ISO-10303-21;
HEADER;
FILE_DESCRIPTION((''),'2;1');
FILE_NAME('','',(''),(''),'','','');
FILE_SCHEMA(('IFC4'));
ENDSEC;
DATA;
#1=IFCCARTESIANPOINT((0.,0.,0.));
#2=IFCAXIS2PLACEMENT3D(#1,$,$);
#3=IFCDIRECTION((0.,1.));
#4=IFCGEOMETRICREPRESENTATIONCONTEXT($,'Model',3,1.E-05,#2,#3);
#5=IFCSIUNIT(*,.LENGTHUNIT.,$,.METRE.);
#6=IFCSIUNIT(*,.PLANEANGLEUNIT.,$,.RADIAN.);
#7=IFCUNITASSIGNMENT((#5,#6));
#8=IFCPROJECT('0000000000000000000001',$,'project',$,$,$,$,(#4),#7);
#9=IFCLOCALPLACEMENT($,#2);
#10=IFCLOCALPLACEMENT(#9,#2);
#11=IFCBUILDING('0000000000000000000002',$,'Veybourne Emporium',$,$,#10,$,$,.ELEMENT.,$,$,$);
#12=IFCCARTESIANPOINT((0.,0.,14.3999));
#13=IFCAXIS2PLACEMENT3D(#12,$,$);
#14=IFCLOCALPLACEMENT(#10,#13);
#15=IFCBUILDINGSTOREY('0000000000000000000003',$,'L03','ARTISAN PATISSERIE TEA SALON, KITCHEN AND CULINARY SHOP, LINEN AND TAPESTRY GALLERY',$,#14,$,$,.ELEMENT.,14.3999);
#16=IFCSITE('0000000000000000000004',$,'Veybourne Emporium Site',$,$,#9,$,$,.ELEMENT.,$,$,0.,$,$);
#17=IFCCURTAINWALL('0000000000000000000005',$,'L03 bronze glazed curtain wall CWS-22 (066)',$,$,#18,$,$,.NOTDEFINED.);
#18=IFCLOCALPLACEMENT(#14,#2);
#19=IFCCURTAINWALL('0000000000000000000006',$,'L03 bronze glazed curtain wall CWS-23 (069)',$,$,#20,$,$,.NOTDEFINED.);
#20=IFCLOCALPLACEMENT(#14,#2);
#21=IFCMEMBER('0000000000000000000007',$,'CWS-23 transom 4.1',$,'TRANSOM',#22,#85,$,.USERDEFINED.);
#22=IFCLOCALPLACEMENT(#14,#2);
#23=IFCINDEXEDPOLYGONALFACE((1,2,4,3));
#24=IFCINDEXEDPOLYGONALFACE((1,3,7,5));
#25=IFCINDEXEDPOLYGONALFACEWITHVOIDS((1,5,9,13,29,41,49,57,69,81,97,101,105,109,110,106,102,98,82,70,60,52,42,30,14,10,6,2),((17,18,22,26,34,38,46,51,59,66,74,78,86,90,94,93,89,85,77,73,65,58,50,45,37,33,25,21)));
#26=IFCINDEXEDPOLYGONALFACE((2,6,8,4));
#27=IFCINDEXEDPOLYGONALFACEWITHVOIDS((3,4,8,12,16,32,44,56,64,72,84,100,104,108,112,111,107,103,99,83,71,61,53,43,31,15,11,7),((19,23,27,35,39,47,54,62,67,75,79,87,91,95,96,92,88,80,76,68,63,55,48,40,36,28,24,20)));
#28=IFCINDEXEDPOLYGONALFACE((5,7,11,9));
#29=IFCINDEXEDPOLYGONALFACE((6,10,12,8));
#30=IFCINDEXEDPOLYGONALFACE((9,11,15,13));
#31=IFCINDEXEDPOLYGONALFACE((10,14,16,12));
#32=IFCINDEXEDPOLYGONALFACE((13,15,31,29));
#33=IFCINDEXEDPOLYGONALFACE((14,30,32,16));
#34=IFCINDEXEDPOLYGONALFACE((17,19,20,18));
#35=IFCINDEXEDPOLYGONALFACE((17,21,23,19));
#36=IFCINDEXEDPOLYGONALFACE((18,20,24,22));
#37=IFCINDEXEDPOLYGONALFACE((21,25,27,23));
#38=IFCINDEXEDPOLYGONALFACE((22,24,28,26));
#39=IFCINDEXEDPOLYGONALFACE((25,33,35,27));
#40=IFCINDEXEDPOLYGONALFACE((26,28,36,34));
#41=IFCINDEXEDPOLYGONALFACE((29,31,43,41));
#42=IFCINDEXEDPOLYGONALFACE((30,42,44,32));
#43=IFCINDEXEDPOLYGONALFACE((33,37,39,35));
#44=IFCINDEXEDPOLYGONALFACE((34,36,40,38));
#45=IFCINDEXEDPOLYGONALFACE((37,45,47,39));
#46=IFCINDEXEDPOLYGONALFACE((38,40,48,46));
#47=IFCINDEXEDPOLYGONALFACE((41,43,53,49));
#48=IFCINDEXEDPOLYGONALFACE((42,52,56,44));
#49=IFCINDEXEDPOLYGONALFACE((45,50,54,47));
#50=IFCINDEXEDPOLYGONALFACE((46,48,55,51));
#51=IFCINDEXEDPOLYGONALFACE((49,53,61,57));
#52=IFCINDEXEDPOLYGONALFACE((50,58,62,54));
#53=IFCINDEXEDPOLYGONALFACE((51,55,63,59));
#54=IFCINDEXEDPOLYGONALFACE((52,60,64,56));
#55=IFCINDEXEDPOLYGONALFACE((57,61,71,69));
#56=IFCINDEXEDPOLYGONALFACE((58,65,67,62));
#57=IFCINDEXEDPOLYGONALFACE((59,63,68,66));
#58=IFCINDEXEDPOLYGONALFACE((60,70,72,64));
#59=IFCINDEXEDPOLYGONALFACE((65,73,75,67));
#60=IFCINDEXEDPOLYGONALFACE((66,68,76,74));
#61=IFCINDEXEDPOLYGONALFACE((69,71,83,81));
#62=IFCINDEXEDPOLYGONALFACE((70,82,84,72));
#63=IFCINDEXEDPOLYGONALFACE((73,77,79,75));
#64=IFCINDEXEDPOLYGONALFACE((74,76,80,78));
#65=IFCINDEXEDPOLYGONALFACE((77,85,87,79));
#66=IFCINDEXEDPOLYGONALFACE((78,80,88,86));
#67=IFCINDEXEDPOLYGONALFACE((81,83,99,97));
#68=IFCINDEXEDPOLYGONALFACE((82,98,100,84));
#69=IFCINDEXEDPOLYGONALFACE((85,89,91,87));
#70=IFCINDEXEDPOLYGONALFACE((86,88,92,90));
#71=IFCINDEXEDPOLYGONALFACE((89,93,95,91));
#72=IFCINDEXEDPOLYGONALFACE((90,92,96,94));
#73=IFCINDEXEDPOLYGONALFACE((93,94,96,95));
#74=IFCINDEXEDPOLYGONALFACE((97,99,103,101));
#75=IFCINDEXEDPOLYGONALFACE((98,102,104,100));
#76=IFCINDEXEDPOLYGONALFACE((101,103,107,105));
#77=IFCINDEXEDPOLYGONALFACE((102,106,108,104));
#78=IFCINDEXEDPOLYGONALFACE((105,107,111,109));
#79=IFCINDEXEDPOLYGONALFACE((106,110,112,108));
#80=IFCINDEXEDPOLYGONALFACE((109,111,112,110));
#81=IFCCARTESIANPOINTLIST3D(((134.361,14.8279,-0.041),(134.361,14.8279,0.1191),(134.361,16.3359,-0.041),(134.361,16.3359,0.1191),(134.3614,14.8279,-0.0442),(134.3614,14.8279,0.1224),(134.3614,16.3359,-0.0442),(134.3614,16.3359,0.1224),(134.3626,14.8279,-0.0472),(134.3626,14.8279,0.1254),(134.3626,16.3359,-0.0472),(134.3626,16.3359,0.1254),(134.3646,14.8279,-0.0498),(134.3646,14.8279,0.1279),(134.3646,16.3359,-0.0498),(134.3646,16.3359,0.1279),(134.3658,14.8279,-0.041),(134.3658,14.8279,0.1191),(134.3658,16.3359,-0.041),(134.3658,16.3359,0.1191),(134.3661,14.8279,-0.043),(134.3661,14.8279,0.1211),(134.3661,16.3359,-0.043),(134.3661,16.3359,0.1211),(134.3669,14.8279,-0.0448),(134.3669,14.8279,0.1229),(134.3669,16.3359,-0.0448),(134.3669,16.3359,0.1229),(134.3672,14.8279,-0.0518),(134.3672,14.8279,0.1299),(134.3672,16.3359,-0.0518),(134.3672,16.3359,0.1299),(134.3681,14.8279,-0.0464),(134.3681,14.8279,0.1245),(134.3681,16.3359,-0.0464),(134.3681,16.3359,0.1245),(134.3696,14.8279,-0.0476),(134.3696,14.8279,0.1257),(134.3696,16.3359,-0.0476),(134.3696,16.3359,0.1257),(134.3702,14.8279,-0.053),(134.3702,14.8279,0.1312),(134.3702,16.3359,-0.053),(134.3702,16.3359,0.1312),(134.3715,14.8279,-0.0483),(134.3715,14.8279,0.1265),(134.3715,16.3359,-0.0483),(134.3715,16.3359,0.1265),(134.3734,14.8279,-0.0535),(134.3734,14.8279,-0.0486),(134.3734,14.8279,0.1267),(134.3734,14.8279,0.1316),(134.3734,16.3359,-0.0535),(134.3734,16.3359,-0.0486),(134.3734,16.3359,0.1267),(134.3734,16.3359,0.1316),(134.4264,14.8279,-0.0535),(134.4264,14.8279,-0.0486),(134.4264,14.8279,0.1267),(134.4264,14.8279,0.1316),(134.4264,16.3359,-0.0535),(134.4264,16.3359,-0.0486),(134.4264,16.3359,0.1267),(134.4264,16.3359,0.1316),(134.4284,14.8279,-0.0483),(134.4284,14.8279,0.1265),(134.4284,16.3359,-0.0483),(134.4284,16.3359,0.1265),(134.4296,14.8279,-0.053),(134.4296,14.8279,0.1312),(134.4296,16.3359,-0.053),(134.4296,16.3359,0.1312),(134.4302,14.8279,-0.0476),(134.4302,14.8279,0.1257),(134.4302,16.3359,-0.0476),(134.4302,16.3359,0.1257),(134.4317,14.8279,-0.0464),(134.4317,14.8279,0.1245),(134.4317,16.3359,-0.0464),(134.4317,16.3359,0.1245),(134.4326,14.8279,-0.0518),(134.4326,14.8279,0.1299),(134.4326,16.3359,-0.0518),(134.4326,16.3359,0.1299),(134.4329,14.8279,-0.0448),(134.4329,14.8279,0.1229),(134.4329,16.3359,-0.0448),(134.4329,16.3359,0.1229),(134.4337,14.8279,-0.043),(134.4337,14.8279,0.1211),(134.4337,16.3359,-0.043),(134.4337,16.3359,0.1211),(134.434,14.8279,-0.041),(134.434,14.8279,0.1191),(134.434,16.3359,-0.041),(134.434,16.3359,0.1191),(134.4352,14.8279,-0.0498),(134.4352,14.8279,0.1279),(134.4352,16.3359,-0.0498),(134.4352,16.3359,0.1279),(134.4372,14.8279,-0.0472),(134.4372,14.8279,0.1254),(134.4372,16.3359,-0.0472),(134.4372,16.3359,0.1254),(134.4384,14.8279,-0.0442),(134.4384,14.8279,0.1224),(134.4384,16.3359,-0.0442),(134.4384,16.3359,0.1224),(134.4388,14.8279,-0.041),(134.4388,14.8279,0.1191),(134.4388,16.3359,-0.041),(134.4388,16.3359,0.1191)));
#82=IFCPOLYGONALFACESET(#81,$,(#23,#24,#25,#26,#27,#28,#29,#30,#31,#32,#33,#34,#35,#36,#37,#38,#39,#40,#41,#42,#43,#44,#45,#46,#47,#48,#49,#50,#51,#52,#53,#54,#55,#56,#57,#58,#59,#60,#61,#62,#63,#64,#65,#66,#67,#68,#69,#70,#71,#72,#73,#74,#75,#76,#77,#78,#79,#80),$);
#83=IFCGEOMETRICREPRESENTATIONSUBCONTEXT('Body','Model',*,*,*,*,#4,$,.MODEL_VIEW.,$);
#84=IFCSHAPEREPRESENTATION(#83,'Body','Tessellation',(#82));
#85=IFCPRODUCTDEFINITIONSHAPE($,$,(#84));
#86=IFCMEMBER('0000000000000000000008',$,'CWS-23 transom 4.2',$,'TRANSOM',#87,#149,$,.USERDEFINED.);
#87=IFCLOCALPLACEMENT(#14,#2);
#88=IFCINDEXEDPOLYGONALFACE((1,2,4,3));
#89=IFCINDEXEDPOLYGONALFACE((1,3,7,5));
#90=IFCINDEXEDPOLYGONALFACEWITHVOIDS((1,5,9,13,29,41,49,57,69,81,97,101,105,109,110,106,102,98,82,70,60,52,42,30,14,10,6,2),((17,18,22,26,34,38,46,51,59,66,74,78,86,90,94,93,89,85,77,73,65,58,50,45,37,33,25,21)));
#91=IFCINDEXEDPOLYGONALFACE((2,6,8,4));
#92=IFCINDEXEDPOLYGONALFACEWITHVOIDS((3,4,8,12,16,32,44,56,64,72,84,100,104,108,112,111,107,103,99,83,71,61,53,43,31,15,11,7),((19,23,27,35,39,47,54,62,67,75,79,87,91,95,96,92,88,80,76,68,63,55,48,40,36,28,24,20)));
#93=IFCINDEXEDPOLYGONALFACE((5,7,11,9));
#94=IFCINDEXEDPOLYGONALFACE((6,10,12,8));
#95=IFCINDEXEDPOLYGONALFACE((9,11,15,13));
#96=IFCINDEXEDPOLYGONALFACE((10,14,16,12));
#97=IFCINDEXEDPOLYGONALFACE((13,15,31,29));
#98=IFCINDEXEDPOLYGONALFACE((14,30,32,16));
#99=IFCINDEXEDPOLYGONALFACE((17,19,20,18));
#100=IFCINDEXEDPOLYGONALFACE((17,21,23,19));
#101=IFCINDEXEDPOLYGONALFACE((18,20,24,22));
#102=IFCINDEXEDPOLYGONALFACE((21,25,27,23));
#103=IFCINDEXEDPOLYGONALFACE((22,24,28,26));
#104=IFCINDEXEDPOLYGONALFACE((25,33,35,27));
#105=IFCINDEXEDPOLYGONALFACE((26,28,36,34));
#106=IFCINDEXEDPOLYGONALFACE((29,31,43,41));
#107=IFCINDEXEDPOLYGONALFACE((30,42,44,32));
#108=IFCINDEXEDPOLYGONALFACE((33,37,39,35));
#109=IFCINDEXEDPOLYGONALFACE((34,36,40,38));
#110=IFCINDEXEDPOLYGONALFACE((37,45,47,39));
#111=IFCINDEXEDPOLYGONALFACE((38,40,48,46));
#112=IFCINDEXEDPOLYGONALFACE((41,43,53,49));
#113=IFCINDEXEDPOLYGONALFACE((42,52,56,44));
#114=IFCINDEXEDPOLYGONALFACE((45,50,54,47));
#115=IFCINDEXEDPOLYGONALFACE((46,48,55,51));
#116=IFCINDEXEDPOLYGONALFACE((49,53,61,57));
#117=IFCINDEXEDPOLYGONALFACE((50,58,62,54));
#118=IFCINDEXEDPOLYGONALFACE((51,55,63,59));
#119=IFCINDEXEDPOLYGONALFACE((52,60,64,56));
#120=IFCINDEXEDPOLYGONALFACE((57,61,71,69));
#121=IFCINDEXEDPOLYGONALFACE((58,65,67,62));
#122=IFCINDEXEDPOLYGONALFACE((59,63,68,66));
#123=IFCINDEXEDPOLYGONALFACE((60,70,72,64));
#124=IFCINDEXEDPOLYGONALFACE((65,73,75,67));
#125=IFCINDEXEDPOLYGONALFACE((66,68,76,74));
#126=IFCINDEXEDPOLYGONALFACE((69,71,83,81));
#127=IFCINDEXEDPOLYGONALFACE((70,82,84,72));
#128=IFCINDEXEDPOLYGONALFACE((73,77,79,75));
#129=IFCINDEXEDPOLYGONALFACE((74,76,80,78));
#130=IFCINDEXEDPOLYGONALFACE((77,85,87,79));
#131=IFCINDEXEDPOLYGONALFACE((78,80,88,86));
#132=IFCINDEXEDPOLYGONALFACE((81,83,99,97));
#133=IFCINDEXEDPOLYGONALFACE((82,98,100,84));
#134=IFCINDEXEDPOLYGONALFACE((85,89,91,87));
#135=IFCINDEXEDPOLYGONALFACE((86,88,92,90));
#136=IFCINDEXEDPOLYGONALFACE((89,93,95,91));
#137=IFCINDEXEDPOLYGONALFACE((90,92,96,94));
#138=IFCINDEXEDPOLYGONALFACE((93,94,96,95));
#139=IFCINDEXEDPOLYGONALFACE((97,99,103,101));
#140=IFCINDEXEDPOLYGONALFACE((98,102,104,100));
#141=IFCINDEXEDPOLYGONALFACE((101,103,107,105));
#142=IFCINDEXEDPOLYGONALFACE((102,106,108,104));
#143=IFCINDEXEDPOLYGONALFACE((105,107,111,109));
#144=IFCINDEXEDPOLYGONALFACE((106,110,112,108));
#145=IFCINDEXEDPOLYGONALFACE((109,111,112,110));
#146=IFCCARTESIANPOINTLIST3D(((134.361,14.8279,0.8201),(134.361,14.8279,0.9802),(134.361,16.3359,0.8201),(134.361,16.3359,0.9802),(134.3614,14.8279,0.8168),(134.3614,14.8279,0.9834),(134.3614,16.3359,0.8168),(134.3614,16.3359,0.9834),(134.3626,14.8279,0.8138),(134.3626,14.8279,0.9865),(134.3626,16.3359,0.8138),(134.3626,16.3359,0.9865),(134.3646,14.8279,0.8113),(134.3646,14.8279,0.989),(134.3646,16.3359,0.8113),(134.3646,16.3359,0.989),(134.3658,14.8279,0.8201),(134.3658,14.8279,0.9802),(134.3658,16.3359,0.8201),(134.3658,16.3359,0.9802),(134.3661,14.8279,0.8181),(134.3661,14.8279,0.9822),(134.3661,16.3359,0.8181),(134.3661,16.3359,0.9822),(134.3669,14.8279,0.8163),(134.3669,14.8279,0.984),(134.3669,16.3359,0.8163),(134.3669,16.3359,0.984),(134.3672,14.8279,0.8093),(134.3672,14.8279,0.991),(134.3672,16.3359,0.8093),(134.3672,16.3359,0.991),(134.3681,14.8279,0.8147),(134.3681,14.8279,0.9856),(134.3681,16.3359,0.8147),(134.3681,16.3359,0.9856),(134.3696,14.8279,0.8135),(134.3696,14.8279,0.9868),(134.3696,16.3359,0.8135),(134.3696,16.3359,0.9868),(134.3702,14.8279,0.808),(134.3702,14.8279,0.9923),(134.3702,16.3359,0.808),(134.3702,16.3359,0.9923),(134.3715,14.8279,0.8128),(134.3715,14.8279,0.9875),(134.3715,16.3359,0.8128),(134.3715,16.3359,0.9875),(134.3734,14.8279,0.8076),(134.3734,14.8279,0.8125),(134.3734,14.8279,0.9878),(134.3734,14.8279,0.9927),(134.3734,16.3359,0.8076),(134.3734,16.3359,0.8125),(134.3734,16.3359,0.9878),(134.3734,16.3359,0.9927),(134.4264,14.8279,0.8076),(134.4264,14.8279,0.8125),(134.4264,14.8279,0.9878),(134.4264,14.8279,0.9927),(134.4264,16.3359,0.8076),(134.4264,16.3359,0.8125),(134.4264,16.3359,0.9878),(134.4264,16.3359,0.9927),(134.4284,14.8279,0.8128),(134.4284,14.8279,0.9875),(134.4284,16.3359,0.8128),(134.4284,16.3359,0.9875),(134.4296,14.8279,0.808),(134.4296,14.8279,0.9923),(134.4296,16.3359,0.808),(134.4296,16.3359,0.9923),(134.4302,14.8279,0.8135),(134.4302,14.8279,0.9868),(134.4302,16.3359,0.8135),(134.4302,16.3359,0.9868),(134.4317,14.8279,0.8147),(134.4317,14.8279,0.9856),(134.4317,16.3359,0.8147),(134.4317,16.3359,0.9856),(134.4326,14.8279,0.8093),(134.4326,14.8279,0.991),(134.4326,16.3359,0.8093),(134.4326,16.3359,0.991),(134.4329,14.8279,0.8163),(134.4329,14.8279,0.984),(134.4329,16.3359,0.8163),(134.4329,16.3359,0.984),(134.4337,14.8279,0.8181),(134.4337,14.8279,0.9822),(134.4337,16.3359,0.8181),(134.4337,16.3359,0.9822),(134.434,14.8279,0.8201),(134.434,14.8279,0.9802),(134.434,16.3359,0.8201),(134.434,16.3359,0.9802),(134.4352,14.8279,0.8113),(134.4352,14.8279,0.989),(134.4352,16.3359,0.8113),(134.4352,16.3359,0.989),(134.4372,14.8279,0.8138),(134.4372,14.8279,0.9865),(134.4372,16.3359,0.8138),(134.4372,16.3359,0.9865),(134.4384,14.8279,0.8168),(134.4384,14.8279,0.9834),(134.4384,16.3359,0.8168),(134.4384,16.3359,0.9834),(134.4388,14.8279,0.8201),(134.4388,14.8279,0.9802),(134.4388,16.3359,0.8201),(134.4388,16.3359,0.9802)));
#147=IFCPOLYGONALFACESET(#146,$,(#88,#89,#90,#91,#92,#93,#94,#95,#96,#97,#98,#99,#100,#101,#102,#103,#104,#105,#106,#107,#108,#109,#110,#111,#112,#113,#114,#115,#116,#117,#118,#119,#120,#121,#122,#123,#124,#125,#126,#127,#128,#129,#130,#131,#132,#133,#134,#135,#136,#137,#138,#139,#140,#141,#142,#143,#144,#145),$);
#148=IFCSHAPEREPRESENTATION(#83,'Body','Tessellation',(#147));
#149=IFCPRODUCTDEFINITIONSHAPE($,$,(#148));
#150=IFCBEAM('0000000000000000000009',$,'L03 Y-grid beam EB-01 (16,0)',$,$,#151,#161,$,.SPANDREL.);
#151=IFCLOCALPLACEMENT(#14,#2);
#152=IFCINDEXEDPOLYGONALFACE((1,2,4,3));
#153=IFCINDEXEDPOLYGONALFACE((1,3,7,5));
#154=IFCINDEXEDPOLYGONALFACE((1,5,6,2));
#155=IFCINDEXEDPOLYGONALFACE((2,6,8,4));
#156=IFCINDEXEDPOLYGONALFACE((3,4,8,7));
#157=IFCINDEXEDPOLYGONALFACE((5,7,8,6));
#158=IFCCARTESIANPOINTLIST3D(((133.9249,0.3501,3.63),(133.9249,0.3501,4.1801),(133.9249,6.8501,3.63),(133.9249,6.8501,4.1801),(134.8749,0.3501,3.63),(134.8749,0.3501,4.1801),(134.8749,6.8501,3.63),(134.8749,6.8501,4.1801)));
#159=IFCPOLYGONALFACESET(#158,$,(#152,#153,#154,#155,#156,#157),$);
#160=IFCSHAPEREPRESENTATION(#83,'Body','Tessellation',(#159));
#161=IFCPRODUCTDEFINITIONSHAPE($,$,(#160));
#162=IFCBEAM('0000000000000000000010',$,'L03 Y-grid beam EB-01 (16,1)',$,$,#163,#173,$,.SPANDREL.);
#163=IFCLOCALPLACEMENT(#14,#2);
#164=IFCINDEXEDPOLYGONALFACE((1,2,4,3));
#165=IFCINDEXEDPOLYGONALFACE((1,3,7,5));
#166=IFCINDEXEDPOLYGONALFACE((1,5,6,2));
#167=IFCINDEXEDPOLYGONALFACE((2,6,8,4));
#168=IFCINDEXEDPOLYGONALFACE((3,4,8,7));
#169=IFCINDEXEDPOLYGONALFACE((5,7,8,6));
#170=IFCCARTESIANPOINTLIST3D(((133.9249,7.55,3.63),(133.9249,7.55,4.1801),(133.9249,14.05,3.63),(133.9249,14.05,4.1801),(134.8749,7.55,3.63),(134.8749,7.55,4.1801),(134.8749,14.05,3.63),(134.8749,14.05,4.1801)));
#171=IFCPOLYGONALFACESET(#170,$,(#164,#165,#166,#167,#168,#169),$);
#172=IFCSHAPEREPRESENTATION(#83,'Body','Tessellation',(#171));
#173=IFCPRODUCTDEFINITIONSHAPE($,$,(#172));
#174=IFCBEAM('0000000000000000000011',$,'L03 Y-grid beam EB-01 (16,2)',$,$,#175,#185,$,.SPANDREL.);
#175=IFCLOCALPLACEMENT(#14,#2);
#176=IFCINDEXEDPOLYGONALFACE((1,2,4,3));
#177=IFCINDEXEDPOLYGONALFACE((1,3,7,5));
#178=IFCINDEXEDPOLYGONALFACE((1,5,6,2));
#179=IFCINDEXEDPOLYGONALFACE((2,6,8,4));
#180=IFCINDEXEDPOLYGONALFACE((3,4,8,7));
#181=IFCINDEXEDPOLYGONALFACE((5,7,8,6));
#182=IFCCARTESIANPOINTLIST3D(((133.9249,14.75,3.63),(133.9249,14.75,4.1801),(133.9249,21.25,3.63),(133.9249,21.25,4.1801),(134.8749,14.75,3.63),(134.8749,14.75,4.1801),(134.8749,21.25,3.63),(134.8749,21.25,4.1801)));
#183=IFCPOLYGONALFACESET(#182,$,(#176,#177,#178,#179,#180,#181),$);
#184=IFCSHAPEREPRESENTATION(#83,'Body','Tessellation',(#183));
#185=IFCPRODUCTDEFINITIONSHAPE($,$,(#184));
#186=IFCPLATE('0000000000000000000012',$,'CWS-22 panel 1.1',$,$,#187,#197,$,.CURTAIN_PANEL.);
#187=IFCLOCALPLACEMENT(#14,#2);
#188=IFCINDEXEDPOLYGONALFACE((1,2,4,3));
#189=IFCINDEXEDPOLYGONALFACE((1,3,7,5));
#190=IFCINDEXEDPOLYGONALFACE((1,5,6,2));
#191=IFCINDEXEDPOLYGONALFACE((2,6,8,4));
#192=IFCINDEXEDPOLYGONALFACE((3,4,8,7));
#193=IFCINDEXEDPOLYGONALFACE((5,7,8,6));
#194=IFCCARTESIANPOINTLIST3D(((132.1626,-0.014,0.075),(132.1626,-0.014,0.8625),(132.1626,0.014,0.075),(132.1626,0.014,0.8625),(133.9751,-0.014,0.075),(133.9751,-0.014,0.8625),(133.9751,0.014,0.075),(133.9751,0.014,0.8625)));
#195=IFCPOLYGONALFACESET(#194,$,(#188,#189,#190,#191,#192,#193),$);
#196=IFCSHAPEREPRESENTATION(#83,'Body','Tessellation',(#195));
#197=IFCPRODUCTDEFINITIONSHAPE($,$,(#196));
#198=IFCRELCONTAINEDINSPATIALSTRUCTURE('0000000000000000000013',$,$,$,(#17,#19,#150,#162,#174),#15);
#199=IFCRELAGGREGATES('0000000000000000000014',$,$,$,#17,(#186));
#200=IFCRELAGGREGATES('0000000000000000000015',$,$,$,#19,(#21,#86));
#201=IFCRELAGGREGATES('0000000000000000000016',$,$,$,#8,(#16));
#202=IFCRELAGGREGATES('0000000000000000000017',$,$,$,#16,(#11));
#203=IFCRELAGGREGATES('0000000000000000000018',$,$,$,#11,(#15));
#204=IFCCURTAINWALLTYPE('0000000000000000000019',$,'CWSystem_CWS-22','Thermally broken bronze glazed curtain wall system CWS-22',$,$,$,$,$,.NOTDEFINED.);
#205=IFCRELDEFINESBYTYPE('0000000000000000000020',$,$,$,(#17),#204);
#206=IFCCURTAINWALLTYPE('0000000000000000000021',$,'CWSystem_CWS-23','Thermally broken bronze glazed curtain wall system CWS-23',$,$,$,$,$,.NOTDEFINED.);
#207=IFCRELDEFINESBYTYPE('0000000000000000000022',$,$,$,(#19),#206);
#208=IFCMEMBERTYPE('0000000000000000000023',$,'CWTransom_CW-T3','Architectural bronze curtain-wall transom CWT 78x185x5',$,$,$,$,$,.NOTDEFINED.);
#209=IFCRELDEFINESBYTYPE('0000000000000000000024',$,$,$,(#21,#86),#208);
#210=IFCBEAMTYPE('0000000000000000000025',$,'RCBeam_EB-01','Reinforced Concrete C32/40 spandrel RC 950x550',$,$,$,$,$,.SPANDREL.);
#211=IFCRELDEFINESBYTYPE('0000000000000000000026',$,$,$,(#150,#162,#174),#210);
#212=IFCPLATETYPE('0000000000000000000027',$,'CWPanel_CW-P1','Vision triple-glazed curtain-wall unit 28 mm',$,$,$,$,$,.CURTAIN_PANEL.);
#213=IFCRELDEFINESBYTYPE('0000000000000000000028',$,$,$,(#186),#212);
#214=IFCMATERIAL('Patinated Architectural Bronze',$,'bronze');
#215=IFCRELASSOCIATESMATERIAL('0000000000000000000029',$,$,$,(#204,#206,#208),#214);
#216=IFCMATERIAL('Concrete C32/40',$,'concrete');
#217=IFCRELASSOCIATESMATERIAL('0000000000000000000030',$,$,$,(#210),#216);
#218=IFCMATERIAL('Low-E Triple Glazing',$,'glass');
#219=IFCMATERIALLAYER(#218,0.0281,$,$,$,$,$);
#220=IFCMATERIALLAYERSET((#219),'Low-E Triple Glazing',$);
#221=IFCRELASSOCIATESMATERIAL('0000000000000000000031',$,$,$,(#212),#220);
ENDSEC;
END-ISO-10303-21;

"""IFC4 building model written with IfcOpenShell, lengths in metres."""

from ifc_helpers import new_model, si_unit, direction, frame, origin, origin_2d, place, context, subcontext, project, spatial, rectangle, hollow_rectangle, extrude, material, layer, layer_set, material_profile, profile_set, type_object, element, aggregate, save


model = new_model("IFC4")

# Units and contexts
model_context = context("Model", 3, precision=1e-05, world=origin(), true_north=direction((0.0, 1.0)))
body_context = subcontext(model_context, "Body", "Model", "MODEL_VIEW")
ifc_project = project(units=[si_unit("LENGTHUNIT", "METRE"), si_unit("PLANEANGLEUNIT", "RADIAN")], contexts=[model_context])

# Site, building, storey
site_placement = place(None, origin())
site = spatial("IfcSite", under=ifc_project, at=site_placement, Name="Veybourne Emporium Site", CompositionType="ELEMENT", RefElevation=0.0)
building_placement = place(site_placement, origin())
building = spatial("IfcBuilding", under=site, at=building_placement, Name="Veybourne Emporium", CompositionType="ELEMENT")
storey_placement = place(building_placement, frame((0.0, 0.0, 14.3999)))
storey = spatial("IfcBuildingStorey", under=building, at=storey_placement, Name="L03", Description="ARTISAN PATISSERIE TEA SALON, KITCHEN AND CULINARY SHOP, LINEN AND TAPESTRY GALLERY", CompositionType="ELEMENT", Elevation=14.3999)

# Curtain wall
ifc_material_1 = material(Name="Patinated Architectural Bronze", Category="bronze")
curtain_wall_type_1 = type_object("IfcCurtainWallType", Name="CWSystem_CWS-22", Description="Thermally broken bronze glazed curtain wall system CWS-22", PredefinedType="NOTDEFINED", material=ifc_material_1)
curtain_wall_1_placement = place(storey_placement, origin())
curtain_wall_1 = element("IfcCurtainWall", 1, at=curtain_wall_1_placement, inside=storey, type_object=curtain_wall_type_1, Name="L03 bronze glazed curtain wall CWS-22 (066)", PredefinedType="NOTDEFINED")

# Curtain wall
curtain_wall_type_2 = type_object("IfcCurtainWallType", Name="CWSystem_CWS-23", Description="Thermally broken bronze glazed curtain wall system CWS-23", PredefinedType="NOTDEFINED", material=ifc_material_1)
curtain_wall_2_placement = place(storey_placement, origin())
curtain_wall_2 = element("IfcCurtainWall", 2, at=curtain_wall_2_placement, inside=storey, type_object=curtain_wall_type_2, Name="L03 bronze glazed curtain wall CWS-23 (069)", PredefinedType="NOTDEFINED")

# Members
ifc_material_profile_1 = material_profile(ifc_material_1, hollow_rectangle(XDim=0.0779, YDim=0.1851, WallThickness=0.0049, InnerFilletRadius=0.0076, OuterFilletRadius=0.0125, at=origin_2d()), Name="CWT 78x185x5")
ifc_profile_set_1 = profile_set([ifc_material_profile_1], Name="Patinated Architectural Bronze")
member_type_1 = type_object("IfcMemberType", Name="CWTransom_CW-T3", Description="Architectural bronze curtain-wall transom CWT 78x185x5", PredefinedType="NOTDEFINED", material=ifc_profile_set_1)
member_1_placement = place(storey_placement, frame((134.3999, 16.3359, 0.0391), z_axis=(0.0, -1.0, 0.0), x_axis=(1.0, 0.0, 0.0)))
member_1 = element("IfcMember", 3, at=member_1_placement, type_object=member_type_1, Name="CWS-23 transom 4.1", ObjectType="TRANSOM", PredefinedType="USERDEFINED", context=body_context, shape_type="SweptSolid", body=[
    extrude(hollow_rectangle(XDim=0.0779, YDim=0.1851, WallThickness=0.0049, InnerFilletRadius=0.0076, OuterFilletRadius=0.0125, at=origin_2d()), origin(), (0.0, 0.0, 1.0), 1.5081),
])
member_2_placement = place(storey_placement, frame((134.3999, 16.3359, 0.9001), z_axis=(0.0, -1.0, 0.0), x_axis=(1.0, 0.0, 0.0)))
member_2 = element("IfcMember", 4, at=member_2_placement, type_object=member_type_1, Name="CWS-23 transom 4.2", ObjectType="TRANSOM", PredefinedType="USERDEFINED", context=body_context, shape_type="SweptSolid", body=[
    extrude(hollow_rectangle(XDim=0.0779, YDim=0.1851, WallThickness=0.0049, InnerFilletRadius=0.0076, OuterFilletRadius=0.0125, at=origin_2d()), origin(), (0.0, 0.0, 1.0), 1.5081),
])

# Beams
ifc_material_2 = material(Name="Concrete C32/40", Category="concrete")
ifc_material_profile_2 = material_profile(ifc_material_2, rectangle(XDim=0.95, YDim=0.55, at=origin_2d()), Name="RC 950x550")
ifc_profile_set_2 = profile_set([ifc_material_profile_2], Name="Concrete C32/40")
beam_type = type_object("IfcBeamType", Name="RCBeam_EB-01", Description="Reinforced Concrete C32/40 spandrel RC 950x550", PredefinedType="SPANDREL", material=ifc_profile_set_2)
for number, where, z_axis, x_axis, name in (
    (5, (134.3999, 0.3501, 3.905), (0.0, 1.0, 0.0), (-1.0, 0.0, 0.0), "L03 Y-grid beam EB-01 (16,0)"),
    (6, (134.3999, 7.55, 3.905), (0.0, 1.0, 0.0), (-1.0, 0.0, 0.0), "L03 Y-grid beam EB-01 (16,1)"),
    (7, (134.3999, 14.75, 3.905), (0.0, 1.0, 0.0), (-1.0, 0.0, 0.0), "L03 Y-grid beam EB-01 (16,2)"),
):
    element("IfcBeam", number, at=place(storey_placement, frame(where, z_axis=z_axis, x_axis=x_axis)), inside=storey, type_object=beam_type, Name=name, PredefinedType="SPANDREL", context=body_context, shape_type="SweptSolid", body=[
        extrude(rectangle(XDim=0.95, YDim=0.55, at=origin_2d()), origin(), (0.0, 0.0, 1.0), 6.5),
    ])

# Plate
ifc_material_3 = material(Name="Low-E Triple Glazing", Category="glass")
ifc_layer_1 = layer(ifc_material_3, 0.0281)
ifc_layer_set_1 = layer_set([ifc_layer_1], Name="Low-E Triple Glazing")
plate_type = type_object("IfcPlateType", Name="CWPanel_CW-P1", Description="Vision triple-glazed curtain-wall unit 28 mm", PredefinedType="CURTAIN_PANEL", material=ifc_layer_set_1)
plate_1_placement = place(storey_placement, frame((133.0688, 0.0, 0.075), z_axis=(0.0, 0.0, 1.0), x_axis=(-1.0, 0.0, 0.0)))
plate_1 = element("IfcPlate", 8, at=plate_1_placement, type_object=plate_type, Name="CWS-22 panel 1.1", PredefinedType="CURTAIN_PANEL", context=body_context, shape_type="SweptSolid", body=[
    extrude(rectangle(XDim=1.8125, YDim=0.0281, at=origin_2d()), origin(), (0.0, 0.0, 1.0), 0.7876),
])
aggregate(curtain_wall_1, [plate_1])
aggregate(curtain_wall_2, [member_1, member_2])

save(model, "model.ifc")
